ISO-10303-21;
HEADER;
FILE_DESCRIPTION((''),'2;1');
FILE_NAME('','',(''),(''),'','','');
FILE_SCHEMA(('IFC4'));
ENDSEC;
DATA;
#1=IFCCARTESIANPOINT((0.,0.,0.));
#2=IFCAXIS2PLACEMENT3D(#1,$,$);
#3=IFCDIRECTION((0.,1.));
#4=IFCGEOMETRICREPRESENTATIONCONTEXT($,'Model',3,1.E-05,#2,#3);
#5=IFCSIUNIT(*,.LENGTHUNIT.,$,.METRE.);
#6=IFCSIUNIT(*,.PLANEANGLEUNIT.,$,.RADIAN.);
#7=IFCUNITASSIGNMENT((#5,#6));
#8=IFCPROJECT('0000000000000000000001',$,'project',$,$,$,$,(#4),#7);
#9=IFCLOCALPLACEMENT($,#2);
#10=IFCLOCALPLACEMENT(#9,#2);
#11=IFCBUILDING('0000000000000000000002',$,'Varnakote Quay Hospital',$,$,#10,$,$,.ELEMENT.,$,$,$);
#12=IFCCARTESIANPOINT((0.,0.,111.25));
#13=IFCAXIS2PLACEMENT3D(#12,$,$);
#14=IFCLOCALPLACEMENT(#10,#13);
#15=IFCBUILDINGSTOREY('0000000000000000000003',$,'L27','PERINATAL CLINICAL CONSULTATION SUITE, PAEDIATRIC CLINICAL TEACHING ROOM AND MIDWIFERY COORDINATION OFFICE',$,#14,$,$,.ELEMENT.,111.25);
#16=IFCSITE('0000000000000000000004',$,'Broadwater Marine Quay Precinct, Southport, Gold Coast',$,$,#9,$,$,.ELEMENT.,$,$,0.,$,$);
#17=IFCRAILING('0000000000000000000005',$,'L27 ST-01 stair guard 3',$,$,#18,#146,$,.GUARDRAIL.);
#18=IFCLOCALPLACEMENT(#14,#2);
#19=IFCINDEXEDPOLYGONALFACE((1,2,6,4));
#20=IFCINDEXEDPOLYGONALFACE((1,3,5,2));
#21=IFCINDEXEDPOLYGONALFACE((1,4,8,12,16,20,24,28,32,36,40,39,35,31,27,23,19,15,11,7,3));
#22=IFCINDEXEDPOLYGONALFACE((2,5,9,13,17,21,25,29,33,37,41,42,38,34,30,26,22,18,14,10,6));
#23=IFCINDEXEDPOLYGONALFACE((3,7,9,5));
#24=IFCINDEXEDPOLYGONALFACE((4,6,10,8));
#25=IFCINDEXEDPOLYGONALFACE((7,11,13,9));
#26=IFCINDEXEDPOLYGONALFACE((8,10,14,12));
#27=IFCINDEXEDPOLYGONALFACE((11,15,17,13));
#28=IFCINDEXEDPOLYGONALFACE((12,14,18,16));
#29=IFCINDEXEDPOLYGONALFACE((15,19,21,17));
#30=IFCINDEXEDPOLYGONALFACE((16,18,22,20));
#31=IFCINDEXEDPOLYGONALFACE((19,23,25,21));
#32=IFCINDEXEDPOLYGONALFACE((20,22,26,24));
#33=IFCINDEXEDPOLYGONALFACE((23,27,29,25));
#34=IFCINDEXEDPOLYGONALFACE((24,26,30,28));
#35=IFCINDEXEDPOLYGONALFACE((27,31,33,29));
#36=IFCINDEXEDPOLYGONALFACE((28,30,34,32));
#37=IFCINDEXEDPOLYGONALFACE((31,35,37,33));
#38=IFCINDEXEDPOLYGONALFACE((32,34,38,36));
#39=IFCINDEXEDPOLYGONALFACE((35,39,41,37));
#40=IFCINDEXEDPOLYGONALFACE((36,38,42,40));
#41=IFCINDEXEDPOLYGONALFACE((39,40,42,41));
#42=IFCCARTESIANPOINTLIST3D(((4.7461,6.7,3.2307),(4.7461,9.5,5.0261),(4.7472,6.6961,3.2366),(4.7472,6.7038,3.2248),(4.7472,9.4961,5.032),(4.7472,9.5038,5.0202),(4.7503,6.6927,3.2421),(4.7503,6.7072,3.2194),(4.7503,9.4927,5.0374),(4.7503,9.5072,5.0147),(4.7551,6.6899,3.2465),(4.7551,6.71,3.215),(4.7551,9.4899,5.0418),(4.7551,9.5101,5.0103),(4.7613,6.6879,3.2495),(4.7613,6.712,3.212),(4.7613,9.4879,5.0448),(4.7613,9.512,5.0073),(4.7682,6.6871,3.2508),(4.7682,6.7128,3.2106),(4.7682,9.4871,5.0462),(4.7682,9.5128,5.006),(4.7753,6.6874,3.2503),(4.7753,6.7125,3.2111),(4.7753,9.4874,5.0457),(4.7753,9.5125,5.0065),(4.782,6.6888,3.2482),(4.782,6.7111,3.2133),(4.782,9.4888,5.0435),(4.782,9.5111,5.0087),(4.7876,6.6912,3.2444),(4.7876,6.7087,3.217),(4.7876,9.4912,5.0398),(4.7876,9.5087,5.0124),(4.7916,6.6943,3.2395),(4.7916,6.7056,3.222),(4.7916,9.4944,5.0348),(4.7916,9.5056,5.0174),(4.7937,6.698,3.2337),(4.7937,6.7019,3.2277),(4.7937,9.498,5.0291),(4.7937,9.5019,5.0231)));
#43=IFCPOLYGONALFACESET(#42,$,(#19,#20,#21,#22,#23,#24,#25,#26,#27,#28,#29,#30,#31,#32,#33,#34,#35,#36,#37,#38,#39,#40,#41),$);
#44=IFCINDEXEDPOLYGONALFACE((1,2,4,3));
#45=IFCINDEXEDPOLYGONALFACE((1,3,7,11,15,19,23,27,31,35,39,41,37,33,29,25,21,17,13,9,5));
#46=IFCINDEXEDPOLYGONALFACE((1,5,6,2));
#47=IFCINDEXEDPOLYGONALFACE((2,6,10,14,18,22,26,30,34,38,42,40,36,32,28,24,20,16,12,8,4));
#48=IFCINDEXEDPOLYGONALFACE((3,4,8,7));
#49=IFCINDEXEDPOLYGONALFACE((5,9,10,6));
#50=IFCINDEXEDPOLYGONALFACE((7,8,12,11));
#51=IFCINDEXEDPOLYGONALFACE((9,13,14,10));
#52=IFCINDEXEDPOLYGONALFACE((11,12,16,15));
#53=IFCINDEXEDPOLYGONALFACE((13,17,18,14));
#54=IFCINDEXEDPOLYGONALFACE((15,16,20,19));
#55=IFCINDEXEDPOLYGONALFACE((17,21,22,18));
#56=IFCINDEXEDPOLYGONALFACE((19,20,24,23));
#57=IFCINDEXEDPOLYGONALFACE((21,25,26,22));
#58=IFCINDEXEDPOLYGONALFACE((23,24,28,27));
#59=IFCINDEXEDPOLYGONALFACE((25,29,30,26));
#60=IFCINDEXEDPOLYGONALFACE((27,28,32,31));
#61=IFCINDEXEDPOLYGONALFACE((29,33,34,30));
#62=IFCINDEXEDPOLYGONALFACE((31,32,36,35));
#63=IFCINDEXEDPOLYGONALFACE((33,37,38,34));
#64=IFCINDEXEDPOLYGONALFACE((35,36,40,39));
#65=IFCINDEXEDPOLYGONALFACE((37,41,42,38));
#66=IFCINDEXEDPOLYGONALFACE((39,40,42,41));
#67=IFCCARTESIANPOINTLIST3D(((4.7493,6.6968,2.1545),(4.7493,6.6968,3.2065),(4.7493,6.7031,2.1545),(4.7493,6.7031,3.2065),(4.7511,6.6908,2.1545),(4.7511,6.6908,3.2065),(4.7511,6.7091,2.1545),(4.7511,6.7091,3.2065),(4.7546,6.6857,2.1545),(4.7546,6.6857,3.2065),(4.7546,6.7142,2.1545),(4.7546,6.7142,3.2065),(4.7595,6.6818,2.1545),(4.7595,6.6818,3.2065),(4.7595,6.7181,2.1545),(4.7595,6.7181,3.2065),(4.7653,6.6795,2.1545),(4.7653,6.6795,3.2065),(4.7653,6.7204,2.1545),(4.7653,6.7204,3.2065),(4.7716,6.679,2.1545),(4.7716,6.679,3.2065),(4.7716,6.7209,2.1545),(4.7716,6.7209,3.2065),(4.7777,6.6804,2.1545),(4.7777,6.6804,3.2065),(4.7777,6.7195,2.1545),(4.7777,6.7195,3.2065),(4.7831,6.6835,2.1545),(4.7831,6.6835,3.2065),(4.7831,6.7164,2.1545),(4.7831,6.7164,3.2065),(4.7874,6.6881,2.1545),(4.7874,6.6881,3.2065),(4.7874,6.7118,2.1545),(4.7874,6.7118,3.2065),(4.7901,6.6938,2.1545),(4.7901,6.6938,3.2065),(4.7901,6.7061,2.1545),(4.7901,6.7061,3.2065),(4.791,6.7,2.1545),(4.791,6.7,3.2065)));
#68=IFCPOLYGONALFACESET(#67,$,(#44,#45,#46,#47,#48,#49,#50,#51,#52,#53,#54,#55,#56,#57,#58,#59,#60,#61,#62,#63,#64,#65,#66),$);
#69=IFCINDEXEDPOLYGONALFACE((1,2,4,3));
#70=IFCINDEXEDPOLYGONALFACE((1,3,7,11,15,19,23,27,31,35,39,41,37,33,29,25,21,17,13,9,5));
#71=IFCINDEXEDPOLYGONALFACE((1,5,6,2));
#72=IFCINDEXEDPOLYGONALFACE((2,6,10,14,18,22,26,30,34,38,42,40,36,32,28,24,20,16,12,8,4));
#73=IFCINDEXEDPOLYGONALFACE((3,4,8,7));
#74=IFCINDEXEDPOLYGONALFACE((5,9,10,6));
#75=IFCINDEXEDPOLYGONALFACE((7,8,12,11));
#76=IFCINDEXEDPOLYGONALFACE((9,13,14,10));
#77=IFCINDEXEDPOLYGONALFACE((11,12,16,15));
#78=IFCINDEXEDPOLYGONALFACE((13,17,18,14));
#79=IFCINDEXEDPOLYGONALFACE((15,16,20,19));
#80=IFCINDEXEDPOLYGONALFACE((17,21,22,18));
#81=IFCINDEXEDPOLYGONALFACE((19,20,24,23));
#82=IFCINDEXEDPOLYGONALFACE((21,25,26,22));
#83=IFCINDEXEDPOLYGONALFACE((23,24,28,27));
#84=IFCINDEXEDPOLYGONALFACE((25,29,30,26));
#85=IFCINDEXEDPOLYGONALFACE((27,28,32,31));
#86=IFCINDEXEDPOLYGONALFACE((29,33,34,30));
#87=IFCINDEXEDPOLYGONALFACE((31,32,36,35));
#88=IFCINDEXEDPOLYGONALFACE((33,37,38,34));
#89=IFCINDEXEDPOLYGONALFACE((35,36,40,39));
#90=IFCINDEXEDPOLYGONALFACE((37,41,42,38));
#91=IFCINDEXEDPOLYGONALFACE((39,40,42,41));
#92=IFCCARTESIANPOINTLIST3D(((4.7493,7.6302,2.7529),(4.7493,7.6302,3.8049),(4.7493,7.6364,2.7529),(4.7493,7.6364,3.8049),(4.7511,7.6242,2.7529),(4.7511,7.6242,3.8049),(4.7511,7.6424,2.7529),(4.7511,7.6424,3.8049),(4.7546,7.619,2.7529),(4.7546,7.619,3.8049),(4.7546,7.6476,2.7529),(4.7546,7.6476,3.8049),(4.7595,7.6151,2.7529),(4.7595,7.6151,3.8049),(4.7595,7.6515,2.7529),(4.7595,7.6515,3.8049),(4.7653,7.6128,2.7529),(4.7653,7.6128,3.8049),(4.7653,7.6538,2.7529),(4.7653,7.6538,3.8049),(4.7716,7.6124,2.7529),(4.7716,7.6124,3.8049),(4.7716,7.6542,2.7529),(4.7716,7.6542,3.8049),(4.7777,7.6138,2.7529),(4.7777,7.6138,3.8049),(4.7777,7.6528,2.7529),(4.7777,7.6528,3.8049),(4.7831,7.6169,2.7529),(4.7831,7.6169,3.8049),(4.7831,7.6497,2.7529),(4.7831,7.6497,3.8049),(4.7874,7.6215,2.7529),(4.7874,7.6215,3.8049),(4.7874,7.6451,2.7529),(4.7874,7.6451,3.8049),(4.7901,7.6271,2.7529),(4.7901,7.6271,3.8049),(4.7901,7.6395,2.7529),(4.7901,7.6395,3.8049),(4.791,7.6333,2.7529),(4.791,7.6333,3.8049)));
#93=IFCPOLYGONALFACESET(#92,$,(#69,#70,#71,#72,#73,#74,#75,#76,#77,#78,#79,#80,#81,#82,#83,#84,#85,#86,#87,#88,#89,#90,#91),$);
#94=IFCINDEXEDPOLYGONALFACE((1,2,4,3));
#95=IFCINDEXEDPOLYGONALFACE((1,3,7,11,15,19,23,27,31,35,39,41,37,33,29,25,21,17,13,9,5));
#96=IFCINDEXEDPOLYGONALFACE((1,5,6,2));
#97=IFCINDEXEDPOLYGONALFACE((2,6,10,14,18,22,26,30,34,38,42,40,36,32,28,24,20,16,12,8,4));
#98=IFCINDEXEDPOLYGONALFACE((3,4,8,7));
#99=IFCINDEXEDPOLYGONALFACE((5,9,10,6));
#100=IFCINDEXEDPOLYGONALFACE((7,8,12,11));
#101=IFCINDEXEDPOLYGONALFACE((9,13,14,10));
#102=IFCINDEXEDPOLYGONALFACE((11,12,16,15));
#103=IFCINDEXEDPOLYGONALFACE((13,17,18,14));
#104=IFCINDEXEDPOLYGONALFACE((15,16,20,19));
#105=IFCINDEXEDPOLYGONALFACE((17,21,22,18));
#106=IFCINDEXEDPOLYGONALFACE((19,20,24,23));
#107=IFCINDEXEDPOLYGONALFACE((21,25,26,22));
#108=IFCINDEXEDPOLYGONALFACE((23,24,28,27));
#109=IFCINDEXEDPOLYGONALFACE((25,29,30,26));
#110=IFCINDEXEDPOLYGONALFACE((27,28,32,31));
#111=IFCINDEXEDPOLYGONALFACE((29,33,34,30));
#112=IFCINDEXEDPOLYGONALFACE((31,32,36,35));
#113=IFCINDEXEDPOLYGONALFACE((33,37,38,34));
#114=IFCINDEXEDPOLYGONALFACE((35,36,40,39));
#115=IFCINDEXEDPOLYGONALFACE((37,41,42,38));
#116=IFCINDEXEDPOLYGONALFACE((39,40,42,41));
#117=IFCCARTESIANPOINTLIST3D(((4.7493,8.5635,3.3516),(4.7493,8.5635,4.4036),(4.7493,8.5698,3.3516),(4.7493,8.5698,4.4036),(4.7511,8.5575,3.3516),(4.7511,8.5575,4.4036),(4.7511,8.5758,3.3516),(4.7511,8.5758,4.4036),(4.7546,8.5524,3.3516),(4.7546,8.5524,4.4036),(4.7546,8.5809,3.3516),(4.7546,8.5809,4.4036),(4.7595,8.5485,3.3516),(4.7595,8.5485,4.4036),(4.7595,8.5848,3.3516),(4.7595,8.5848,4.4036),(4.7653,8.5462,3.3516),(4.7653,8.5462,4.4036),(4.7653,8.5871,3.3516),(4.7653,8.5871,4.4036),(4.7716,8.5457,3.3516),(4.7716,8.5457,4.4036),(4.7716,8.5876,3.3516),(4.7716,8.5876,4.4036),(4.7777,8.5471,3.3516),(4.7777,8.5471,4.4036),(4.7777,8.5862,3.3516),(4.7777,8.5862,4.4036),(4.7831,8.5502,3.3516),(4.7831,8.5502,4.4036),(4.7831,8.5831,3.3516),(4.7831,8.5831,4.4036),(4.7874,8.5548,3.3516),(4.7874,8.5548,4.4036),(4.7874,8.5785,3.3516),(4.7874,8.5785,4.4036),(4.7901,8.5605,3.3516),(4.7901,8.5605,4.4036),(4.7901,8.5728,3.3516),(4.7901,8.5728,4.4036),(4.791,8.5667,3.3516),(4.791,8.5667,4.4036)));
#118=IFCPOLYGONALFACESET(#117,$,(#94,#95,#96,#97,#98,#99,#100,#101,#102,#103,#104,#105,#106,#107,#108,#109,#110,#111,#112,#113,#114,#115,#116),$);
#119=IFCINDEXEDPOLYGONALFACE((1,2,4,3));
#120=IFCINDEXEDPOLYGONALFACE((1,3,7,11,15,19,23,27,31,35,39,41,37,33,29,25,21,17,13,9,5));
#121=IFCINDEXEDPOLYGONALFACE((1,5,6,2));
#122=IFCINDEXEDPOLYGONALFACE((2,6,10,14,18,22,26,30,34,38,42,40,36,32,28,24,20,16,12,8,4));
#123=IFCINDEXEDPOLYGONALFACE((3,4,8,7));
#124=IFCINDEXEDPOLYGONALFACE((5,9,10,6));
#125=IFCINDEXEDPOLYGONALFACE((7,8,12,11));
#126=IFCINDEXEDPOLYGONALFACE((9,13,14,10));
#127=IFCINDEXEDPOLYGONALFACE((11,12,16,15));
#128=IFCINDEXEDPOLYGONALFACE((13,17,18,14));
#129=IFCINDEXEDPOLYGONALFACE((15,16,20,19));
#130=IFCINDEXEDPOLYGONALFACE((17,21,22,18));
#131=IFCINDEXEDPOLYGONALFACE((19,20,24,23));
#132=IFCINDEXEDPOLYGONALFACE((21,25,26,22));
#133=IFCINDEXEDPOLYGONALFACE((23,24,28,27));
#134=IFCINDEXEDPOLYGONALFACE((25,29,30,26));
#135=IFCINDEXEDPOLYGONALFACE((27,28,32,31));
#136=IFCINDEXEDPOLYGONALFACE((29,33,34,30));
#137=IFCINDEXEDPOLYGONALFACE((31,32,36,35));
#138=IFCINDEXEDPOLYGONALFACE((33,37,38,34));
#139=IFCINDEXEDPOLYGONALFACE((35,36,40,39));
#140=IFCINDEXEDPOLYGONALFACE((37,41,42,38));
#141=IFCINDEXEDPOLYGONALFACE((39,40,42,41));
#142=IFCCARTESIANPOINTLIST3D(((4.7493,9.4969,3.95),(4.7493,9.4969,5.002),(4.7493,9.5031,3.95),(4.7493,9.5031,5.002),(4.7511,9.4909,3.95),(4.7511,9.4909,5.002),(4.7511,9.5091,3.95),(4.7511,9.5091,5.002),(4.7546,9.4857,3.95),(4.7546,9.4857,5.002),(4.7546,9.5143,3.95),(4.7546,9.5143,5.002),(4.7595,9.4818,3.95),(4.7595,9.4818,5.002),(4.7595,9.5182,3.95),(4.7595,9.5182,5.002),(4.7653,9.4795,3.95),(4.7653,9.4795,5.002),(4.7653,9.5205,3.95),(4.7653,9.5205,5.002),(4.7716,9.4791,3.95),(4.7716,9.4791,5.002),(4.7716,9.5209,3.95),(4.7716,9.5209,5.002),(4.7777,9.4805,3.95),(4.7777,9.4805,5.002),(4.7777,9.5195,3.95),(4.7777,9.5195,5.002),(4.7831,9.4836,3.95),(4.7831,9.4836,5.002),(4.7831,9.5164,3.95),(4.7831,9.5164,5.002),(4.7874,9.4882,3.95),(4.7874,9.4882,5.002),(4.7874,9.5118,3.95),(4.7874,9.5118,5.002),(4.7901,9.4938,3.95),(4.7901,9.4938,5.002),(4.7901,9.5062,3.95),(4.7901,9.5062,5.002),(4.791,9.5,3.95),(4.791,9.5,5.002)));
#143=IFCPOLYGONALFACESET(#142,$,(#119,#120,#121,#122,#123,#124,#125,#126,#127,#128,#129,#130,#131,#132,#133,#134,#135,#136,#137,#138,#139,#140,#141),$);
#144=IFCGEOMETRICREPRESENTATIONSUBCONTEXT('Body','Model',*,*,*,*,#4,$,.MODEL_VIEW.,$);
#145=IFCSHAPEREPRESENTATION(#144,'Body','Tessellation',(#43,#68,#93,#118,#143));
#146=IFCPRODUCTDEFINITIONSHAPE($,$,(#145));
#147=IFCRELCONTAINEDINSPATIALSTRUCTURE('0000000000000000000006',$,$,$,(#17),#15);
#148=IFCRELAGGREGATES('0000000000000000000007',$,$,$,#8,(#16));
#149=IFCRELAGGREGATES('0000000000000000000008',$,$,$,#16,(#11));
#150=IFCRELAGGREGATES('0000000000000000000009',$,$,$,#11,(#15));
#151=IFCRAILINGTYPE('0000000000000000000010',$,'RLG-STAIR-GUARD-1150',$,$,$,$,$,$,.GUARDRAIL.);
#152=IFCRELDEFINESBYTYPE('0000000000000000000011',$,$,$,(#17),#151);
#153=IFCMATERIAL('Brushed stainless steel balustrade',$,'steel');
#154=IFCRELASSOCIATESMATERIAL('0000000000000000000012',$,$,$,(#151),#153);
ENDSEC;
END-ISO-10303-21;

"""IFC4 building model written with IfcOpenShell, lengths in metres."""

from ifc_helpers import new_model, si_unit, direction, frame, origin, origin_2d, place, context, subcontext, project, spatial, circle, extrude, material, type_object, element, save


model = new_model("IFC4")

# Units and contexts
model_context = context("Model", 3, precision=1e-05, world=origin(), true_north=direction((0.0, 1.0)))
body_context = subcontext(model_context, "Body", "Model", "MODEL_VIEW")
ifc_project = project(units=[si_unit("LENGTHUNIT", "METRE"), si_unit("PLANEANGLEUNIT", "RADIAN")], contexts=[model_context])

# Site, building, storey
site_placement = place(None, origin())
site = spatial("IfcSite", under=ifc_project, at=site_placement, Name="Broadwater Marine Quay Precinct, Southport, Gold Coast", CompositionType="ELEMENT", RefElevation=0.0)
building_placement = place(site_placement, origin())
building = spatial("IfcBuilding", under=site, at=building_placement, Name="Varnakote Quay Hospital", CompositionType="ELEMENT")
storey_placement = place(building_placement, frame((0.0, 0.0, 111.25)))
storey = spatial("IfcBuildingStorey", under=building, at=storey_placement, Name="L27", Description="PERINATAL CLINICAL CONSULTATION SUITE, PAEDIATRIC CLINICAL TEACHING ROOM AND MIDWIFERY COORDINATION OFFICE", CompositionType="ELEMENT", Elevation=111.25)

# Railing
ifc_material_1 = material(Name="Brushed stainless steel balustrade", Category="steel")
railing_type_1 = type_object("IfcRailingType", Name="RLG-STAIR-GUARD-1150", PredefinedType="GUARDRAIL", material=ifc_material_1)
railing_1_placement = place(storey_placement, frame((4.77, 6.7, 2.1545)))
element("IfcRailing", 1, at=railing_1_placement, inside=storey, type_object=railing_type_1, Name="L27 ST-01 stair guard 3", PredefinedType="GUARDRAIL", context=body_context, shape_type="SweptSolid", body=[
    extrude(circle(Radius=0.0239, at=origin_2d()), frame((0.0, 0.0, 1.0762), z_axis=(0.0, 0.84181, 0.539774), x_axis=(-1.0, 0.0, 0.0)), (0.0, 0.0, 1.0), 3.3262),
    extrude(circle(Radius=0.021, at=origin_2d()), origin(), (0.0, 0.0, 1.0), 1.052),
    extrude(circle(Radius=0.021, at=origin_2d()), frame((0.0, 0.9333, 0.5984)), (0.0, 0.0, 1.0), 1.052),
    extrude(circle(Radius=0.021, at=origin_2d()), frame((0.0, 1.8667, 1.197)), (0.0, 0.0, 1.0), 1.052),
    extrude(circle(Radius=0.021, at=origin_2d()), frame((0.0, 2.8, 1.7954)), (0.0, 0.0, 1.0), 1.052),
])

save(model, "model.ifc")
